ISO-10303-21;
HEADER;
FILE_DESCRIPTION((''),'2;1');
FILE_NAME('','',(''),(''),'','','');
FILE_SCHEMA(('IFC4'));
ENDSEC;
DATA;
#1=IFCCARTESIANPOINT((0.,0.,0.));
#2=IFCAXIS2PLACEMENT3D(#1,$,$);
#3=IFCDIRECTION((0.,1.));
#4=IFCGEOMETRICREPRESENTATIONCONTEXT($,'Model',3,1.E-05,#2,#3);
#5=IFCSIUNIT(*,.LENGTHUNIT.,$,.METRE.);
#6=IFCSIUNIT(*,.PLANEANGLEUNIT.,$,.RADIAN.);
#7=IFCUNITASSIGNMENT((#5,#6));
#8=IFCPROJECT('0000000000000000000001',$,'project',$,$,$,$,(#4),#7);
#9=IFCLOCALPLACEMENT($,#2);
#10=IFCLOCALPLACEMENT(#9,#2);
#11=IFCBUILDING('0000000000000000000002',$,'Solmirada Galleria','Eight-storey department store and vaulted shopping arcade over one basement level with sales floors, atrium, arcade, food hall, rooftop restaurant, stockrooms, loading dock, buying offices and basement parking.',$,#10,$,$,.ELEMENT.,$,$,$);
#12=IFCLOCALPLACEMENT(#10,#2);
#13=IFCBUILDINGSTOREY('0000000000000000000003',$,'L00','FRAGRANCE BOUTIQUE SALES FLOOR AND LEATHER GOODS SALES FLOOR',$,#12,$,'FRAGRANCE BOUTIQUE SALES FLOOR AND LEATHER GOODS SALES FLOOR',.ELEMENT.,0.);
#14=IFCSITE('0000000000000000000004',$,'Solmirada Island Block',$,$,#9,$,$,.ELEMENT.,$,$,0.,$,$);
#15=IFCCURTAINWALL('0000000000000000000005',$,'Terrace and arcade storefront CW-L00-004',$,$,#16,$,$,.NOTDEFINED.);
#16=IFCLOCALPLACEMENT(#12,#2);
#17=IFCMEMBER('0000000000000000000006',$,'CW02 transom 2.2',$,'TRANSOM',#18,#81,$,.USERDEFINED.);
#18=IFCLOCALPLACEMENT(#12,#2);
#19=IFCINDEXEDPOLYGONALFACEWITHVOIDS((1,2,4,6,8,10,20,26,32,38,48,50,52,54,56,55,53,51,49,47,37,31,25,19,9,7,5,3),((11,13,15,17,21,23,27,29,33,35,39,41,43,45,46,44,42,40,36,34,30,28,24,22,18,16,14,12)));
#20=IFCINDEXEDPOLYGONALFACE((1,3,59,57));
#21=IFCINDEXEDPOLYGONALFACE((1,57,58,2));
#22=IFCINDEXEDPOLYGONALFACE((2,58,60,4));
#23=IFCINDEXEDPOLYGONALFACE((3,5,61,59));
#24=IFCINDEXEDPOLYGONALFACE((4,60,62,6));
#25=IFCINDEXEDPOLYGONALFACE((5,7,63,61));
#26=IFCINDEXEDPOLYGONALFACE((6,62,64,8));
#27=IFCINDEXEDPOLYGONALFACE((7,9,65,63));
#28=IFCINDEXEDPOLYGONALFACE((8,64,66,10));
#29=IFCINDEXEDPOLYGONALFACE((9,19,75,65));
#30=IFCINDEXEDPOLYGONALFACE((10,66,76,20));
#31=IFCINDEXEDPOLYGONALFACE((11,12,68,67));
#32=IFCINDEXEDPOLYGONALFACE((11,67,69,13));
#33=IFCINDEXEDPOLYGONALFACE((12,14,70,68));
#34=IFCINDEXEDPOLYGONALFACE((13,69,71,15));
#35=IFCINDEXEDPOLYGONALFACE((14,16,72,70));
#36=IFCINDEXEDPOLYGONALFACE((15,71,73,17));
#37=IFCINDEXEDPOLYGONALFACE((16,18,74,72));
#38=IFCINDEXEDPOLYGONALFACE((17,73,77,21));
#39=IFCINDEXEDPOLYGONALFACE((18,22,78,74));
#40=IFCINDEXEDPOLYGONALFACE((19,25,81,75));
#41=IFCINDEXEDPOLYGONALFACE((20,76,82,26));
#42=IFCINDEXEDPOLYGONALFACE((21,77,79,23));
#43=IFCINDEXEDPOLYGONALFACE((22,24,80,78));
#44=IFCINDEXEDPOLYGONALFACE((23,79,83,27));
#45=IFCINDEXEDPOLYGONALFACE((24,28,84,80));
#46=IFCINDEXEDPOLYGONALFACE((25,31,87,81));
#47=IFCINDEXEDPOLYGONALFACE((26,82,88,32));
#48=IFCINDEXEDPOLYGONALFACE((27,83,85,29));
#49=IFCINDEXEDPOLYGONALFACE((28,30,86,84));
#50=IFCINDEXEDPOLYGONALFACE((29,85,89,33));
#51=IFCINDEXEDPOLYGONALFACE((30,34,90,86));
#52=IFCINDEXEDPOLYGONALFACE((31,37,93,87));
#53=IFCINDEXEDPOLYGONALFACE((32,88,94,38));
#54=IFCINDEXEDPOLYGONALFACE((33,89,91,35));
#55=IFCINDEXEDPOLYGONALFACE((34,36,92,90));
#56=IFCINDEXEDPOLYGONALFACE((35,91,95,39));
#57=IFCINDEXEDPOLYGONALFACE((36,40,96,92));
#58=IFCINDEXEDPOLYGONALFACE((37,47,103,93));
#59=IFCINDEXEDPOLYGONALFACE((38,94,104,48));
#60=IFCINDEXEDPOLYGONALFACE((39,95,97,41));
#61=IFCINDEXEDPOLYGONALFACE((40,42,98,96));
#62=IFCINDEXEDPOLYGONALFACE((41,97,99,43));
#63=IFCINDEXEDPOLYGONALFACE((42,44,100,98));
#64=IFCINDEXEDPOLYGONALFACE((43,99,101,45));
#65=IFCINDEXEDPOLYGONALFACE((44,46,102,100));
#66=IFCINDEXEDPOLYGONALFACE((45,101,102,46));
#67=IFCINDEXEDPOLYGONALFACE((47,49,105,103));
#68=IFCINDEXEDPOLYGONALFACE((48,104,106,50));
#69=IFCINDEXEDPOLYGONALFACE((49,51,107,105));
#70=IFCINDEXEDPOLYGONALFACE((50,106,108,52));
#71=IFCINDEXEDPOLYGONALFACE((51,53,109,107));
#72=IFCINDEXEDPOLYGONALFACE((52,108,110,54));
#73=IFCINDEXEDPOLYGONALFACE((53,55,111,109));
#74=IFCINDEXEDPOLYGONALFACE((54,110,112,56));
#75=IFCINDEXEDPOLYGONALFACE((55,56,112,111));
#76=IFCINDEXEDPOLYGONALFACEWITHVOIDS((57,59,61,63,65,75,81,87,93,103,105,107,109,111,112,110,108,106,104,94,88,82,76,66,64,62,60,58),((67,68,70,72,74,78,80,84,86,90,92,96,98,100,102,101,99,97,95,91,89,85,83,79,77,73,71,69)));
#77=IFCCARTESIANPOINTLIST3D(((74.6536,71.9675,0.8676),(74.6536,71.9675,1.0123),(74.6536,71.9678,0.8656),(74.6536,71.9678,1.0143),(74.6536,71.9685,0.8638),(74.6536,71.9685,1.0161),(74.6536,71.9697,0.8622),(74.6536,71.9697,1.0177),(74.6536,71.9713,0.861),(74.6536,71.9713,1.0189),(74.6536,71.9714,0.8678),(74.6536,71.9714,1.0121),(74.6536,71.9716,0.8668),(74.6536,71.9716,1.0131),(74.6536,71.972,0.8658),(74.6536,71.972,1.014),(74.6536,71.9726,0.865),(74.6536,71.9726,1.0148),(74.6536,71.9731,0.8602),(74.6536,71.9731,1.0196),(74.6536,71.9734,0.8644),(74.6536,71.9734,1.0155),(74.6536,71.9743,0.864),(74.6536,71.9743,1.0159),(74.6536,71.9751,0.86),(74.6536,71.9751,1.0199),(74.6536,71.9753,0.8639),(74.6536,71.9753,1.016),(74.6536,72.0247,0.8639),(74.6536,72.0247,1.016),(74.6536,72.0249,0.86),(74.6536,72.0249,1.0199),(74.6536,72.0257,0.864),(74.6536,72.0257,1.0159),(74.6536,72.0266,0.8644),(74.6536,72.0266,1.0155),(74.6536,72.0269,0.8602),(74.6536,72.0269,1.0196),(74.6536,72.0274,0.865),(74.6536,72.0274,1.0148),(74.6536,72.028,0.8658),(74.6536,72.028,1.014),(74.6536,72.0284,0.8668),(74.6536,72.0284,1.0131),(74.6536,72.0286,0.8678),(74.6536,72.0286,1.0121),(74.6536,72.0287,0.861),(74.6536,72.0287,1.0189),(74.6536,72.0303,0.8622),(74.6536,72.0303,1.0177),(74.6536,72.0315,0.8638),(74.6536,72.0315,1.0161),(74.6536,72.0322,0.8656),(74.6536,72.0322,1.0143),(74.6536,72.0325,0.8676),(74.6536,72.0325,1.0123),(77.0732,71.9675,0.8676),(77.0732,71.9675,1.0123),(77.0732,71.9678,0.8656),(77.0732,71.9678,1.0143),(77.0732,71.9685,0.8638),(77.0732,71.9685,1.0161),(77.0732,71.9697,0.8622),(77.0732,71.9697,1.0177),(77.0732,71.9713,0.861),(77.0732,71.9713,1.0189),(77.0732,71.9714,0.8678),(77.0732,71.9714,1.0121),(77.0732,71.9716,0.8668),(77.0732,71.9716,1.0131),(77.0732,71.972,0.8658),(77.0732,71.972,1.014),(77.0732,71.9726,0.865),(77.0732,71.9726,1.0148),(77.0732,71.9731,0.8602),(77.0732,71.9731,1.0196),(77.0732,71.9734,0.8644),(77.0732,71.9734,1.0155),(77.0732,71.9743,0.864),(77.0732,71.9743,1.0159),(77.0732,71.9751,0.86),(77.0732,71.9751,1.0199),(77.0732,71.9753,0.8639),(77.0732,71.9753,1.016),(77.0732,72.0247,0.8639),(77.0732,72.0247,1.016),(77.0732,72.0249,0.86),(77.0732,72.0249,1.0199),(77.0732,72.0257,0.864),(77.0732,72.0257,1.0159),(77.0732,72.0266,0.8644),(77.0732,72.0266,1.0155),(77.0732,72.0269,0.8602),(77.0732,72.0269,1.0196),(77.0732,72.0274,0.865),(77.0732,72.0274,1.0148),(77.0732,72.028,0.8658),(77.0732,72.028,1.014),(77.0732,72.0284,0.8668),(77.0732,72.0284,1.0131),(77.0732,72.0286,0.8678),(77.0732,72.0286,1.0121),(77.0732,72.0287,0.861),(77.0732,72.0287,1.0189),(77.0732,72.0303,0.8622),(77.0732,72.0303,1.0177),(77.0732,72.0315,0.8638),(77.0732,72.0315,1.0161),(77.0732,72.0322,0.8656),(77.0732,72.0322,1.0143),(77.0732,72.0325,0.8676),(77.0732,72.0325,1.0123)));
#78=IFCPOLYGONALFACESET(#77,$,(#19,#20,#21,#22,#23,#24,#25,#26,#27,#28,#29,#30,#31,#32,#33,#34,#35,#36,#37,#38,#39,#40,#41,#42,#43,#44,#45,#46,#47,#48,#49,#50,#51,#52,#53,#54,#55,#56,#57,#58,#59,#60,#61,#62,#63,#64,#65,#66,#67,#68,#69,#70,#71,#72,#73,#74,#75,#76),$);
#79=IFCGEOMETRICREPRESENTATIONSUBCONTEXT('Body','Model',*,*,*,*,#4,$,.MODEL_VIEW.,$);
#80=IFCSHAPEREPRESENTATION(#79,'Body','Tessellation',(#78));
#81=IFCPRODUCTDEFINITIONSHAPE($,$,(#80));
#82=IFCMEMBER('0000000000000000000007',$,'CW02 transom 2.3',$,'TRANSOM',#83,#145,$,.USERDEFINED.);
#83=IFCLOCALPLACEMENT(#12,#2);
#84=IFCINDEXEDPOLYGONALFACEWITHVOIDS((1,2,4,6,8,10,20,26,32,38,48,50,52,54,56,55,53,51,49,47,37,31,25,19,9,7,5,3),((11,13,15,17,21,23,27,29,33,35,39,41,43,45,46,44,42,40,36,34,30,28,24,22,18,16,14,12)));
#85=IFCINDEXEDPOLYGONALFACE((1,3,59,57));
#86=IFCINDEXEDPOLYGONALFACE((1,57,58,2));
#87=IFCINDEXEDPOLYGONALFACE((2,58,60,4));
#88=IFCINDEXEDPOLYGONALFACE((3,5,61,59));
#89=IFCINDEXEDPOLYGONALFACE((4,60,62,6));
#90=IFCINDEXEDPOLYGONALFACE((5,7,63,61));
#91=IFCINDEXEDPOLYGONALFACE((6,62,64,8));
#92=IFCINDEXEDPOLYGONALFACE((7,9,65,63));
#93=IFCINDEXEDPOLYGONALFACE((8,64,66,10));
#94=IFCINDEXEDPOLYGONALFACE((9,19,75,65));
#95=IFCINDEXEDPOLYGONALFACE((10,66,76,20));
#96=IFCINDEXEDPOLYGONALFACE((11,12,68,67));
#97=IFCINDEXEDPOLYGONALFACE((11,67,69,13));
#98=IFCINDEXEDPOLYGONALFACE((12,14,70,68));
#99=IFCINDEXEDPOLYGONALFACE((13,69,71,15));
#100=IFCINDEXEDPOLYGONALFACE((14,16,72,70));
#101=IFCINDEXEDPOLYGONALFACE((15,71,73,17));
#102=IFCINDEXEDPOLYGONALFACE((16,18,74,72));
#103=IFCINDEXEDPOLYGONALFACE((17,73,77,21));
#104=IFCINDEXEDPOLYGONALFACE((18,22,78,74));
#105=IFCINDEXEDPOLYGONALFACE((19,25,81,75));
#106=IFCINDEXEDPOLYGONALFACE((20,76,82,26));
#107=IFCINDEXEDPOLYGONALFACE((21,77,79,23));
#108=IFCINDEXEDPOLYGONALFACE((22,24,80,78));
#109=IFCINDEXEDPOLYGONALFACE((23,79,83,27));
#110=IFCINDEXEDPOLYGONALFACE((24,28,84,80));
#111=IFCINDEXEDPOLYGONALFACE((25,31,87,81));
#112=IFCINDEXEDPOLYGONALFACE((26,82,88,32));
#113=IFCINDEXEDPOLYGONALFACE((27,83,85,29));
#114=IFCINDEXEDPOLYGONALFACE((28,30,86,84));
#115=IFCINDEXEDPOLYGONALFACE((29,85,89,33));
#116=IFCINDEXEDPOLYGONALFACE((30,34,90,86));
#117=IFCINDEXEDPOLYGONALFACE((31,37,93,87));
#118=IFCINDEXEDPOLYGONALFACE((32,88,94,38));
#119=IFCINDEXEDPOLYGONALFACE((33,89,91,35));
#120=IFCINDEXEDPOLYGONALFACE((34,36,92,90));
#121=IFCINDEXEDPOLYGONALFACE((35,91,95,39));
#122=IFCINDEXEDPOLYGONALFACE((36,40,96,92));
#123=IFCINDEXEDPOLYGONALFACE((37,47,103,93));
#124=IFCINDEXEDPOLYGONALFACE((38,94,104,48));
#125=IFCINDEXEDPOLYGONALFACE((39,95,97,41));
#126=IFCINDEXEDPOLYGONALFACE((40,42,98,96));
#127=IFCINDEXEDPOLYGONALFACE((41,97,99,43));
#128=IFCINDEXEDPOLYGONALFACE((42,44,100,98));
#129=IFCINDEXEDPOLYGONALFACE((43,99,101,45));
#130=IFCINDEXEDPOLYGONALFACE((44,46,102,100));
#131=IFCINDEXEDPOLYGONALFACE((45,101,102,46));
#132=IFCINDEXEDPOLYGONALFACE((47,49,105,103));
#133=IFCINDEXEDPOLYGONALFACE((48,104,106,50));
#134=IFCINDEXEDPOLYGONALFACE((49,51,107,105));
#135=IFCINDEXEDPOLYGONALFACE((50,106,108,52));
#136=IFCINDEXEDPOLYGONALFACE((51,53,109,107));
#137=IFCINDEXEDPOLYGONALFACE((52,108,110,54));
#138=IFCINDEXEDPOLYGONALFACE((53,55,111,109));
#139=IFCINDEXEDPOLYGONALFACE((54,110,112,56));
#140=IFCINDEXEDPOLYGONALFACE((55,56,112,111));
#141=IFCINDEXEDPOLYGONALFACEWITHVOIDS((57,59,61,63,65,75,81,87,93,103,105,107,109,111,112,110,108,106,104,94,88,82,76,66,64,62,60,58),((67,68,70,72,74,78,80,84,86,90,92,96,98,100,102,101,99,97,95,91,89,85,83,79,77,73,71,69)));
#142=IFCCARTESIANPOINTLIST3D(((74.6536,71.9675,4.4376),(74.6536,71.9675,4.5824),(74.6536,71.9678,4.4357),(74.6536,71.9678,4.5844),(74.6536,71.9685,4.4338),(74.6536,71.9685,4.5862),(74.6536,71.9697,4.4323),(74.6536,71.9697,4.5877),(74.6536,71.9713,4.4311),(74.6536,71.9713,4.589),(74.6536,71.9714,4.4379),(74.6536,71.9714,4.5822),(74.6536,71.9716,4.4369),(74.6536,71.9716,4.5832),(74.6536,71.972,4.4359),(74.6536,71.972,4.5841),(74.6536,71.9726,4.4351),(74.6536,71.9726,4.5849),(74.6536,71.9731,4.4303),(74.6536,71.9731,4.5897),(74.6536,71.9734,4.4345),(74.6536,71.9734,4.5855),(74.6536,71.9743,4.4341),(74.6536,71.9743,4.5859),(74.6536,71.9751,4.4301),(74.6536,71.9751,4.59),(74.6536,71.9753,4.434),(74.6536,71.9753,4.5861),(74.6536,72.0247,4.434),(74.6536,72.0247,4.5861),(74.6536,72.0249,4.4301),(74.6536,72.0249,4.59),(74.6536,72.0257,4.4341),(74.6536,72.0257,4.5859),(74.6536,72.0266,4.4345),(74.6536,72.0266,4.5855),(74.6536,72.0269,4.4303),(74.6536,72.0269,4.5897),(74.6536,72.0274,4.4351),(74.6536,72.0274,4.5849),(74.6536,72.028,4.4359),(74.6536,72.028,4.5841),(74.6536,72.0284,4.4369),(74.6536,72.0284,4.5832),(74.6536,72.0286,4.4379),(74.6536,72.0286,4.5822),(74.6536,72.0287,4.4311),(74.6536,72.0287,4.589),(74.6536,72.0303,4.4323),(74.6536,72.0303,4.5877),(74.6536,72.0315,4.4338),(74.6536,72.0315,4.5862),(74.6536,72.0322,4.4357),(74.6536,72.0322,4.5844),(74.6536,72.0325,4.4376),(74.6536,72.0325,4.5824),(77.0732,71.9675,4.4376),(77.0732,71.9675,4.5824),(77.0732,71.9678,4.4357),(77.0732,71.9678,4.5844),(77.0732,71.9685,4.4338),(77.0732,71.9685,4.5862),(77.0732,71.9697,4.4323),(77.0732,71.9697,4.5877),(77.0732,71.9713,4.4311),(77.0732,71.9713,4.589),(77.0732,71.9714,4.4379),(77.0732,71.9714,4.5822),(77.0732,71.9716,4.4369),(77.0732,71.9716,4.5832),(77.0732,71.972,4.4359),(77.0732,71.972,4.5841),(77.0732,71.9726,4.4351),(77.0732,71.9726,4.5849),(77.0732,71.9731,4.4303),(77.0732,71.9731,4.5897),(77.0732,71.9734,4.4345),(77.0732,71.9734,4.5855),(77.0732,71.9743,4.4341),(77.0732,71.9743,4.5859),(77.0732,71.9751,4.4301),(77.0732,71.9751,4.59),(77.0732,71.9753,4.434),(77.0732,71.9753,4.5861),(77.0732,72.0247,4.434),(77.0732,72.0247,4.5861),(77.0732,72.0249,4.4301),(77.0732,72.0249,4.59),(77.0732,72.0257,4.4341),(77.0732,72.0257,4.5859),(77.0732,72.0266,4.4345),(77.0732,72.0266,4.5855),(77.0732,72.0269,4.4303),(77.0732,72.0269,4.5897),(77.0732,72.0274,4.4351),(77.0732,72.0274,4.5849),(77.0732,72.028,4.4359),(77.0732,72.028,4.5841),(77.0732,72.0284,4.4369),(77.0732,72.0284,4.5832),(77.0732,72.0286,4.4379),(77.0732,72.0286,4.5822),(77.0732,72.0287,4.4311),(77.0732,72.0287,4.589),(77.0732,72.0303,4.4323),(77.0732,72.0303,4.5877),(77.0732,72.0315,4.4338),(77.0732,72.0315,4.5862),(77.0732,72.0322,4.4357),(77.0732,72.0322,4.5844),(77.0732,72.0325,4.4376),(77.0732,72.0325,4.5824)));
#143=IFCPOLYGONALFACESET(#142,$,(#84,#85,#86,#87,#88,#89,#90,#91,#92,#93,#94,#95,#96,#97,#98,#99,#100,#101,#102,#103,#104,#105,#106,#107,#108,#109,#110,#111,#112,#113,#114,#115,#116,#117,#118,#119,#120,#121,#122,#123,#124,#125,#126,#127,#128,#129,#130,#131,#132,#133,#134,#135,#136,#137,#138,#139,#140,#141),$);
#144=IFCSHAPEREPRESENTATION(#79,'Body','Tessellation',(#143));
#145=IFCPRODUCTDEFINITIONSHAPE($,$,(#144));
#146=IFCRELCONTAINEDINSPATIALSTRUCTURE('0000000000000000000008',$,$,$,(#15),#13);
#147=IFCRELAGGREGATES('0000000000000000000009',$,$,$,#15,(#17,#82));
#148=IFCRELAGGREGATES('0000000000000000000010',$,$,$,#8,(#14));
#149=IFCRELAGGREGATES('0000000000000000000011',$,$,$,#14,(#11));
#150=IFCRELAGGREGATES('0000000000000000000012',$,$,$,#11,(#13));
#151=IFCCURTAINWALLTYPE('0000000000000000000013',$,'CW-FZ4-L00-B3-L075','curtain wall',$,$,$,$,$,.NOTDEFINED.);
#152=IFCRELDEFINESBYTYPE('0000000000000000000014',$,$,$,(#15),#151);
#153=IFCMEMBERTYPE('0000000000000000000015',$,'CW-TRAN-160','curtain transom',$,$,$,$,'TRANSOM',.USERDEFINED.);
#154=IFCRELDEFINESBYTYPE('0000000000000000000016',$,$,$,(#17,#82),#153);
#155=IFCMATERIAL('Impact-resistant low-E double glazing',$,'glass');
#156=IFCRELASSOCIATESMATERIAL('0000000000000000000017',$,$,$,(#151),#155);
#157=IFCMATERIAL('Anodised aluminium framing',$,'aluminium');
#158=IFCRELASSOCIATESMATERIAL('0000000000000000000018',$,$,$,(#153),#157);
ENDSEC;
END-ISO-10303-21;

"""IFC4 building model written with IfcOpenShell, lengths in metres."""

from ifc_helpers import new_model, si_unit, direction, frame, origin, origin_2d, place, context, subcontext, project, spatial, hollow_rectangle, extrude, material, material_profile, profile_set, type_object, element, aggregate, save


model = new_model("IFC4")

# Units and contexts
model_context = context("Model", 3, precision=1e-05, world=origin(), true_north=direction((0.0, 1.0)))
body_context = subcontext(model_context, "Body", "Model", "MODEL_VIEW")
ifc_project = project(units=[si_unit("LENGTHUNIT", "METRE"), si_unit("PLANEANGLEUNIT", "RADIAN")], contexts=[model_context])

# Site, building, storey
site_placement = place(None, origin())
site = spatial("IfcSite", under=ifc_project, at=site_placement, Name="Solmirada Island Block", CompositionType="ELEMENT", RefElevation=0.0)
building_placement = place(site_placement, origin())
building = spatial("IfcBuilding", under=site, at=building_placement, Name="Solmirada Galleria", Description="Eight-storey department store and vaulted shopping arcade over one basement level with sales floors, atrium, arcade, food hall, rooftop restaurant, stockrooms, loading dock, buying offices and basement parking.", CompositionType="ELEMENT")
storey_placement = place(building_placement, origin())
storey = spatial("IfcBuildingStorey", under=building, at=storey_placement, Name="L00", Description="FRAGRANCE BOUTIQUE SALES FLOOR AND LEATHER GOODS SALES FLOOR", LongName="FRAGRANCE BOUTIQUE SALES FLOOR AND LEATHER GOODS SALES FLOOR", CompositionType="ELEMENT", Elevation=0.0)

# Shared definitions
ifc_material_1 = material(Name="Impact-resistant low-E double glazing", Category="glass")
ifc_material_2 = material(Name="Anodised aluminium framing", Category="aluminium")

# Curtain wall
curtain_wall_type_1 = type_object("IfcCurtainWallType", Name="CW-FZ4-L00-B3-L075", Description="curtain wall", PredefinedType="NOTDEFINED", material=ifc_material_1)
curtain_wall_1_placement = place(storey_placement, origin())
curtain_wall_1 = element("IfcCurtainWall", 1, at=curtain_wall_1_placement, inside=storey, type_object=curtain_wall_type_1, Name="Terrace and arcade storefront CW-L00-004", PredefinedType="NOTDEFINED")

# Members
ifc_material_profile_1 = material_profile(ifc_material_2, hollow_rectangle(XDim=0.0649, YDim=0.1599, WallThickness=0.0039, InnerFilletRadius=0.0039, OuterFilletRadius=0.0076, at=origin_2d()), Name="ALU-TRAN-160X65")
ifc_profile_set_1 = profile_set([ifc_material_profile_1], Name="Anodised aluminium framing")
member_type_1 = type_object("IfcMemberType", Name="CW-TRAN-160", Description="curtain transom", ElementType="TRANSOM", PredefinedType="USERDEFINED", material=ifc_profile_set_1)
member_1_placement = place(storey_placement, frame((77.0732, 72.0, 0.9399), z_axis=(-1.0, 0.0, 0.0), x_axis=(0.0, -1.0, 0.0)))
member_1 = element("IfcMember", 2, at=member_1_placement, type_object=member_type_1, Name="CW02 transom 2.2", ObjectType="TRANSOM", PredefinedType="USERDEFINED", context=body_context, shape_type="SweptSolid", body=[
    extrude(hollow_rectangle(XDim=0.0649, YDim=0.1599, WallThickness=0.0039, InnerFilletRadius=0.0039, OuterFilletRadius=0.0076, at=origin_2d()), origin(), (0.0, 0.0, 1.0), 2.4197),
])
member_2_placement = place(storey_placement, frame((77.0732, 72.0, 4.51), z_axis=(-1.0, 0.0, 0.0), x_axis=(0.0, -1.0, 0.0)))
member_2 = element("IfcMember", 3, at=member_2_placement, type_object=member_type_1, Name="CW02 transom 2.3", ObjectType="TRANSOM", PredefinedType="USERDEFINED", context=body_context, shape_type="SweptSolid", body=[
    extrude(hollow_rectangle(XDim=0.0649, YDim=0.1599, WallThickness=0.0039, InnerFilletRadius=0.0039, OuterFilletRadius=0.0076, at=origin_2d()), origin(), (0.0, 0.0, 1.0), 2.4197),
])

aggregate(curtain_wall_1, [member_1, member_2])

save(model, "model.ifc")
